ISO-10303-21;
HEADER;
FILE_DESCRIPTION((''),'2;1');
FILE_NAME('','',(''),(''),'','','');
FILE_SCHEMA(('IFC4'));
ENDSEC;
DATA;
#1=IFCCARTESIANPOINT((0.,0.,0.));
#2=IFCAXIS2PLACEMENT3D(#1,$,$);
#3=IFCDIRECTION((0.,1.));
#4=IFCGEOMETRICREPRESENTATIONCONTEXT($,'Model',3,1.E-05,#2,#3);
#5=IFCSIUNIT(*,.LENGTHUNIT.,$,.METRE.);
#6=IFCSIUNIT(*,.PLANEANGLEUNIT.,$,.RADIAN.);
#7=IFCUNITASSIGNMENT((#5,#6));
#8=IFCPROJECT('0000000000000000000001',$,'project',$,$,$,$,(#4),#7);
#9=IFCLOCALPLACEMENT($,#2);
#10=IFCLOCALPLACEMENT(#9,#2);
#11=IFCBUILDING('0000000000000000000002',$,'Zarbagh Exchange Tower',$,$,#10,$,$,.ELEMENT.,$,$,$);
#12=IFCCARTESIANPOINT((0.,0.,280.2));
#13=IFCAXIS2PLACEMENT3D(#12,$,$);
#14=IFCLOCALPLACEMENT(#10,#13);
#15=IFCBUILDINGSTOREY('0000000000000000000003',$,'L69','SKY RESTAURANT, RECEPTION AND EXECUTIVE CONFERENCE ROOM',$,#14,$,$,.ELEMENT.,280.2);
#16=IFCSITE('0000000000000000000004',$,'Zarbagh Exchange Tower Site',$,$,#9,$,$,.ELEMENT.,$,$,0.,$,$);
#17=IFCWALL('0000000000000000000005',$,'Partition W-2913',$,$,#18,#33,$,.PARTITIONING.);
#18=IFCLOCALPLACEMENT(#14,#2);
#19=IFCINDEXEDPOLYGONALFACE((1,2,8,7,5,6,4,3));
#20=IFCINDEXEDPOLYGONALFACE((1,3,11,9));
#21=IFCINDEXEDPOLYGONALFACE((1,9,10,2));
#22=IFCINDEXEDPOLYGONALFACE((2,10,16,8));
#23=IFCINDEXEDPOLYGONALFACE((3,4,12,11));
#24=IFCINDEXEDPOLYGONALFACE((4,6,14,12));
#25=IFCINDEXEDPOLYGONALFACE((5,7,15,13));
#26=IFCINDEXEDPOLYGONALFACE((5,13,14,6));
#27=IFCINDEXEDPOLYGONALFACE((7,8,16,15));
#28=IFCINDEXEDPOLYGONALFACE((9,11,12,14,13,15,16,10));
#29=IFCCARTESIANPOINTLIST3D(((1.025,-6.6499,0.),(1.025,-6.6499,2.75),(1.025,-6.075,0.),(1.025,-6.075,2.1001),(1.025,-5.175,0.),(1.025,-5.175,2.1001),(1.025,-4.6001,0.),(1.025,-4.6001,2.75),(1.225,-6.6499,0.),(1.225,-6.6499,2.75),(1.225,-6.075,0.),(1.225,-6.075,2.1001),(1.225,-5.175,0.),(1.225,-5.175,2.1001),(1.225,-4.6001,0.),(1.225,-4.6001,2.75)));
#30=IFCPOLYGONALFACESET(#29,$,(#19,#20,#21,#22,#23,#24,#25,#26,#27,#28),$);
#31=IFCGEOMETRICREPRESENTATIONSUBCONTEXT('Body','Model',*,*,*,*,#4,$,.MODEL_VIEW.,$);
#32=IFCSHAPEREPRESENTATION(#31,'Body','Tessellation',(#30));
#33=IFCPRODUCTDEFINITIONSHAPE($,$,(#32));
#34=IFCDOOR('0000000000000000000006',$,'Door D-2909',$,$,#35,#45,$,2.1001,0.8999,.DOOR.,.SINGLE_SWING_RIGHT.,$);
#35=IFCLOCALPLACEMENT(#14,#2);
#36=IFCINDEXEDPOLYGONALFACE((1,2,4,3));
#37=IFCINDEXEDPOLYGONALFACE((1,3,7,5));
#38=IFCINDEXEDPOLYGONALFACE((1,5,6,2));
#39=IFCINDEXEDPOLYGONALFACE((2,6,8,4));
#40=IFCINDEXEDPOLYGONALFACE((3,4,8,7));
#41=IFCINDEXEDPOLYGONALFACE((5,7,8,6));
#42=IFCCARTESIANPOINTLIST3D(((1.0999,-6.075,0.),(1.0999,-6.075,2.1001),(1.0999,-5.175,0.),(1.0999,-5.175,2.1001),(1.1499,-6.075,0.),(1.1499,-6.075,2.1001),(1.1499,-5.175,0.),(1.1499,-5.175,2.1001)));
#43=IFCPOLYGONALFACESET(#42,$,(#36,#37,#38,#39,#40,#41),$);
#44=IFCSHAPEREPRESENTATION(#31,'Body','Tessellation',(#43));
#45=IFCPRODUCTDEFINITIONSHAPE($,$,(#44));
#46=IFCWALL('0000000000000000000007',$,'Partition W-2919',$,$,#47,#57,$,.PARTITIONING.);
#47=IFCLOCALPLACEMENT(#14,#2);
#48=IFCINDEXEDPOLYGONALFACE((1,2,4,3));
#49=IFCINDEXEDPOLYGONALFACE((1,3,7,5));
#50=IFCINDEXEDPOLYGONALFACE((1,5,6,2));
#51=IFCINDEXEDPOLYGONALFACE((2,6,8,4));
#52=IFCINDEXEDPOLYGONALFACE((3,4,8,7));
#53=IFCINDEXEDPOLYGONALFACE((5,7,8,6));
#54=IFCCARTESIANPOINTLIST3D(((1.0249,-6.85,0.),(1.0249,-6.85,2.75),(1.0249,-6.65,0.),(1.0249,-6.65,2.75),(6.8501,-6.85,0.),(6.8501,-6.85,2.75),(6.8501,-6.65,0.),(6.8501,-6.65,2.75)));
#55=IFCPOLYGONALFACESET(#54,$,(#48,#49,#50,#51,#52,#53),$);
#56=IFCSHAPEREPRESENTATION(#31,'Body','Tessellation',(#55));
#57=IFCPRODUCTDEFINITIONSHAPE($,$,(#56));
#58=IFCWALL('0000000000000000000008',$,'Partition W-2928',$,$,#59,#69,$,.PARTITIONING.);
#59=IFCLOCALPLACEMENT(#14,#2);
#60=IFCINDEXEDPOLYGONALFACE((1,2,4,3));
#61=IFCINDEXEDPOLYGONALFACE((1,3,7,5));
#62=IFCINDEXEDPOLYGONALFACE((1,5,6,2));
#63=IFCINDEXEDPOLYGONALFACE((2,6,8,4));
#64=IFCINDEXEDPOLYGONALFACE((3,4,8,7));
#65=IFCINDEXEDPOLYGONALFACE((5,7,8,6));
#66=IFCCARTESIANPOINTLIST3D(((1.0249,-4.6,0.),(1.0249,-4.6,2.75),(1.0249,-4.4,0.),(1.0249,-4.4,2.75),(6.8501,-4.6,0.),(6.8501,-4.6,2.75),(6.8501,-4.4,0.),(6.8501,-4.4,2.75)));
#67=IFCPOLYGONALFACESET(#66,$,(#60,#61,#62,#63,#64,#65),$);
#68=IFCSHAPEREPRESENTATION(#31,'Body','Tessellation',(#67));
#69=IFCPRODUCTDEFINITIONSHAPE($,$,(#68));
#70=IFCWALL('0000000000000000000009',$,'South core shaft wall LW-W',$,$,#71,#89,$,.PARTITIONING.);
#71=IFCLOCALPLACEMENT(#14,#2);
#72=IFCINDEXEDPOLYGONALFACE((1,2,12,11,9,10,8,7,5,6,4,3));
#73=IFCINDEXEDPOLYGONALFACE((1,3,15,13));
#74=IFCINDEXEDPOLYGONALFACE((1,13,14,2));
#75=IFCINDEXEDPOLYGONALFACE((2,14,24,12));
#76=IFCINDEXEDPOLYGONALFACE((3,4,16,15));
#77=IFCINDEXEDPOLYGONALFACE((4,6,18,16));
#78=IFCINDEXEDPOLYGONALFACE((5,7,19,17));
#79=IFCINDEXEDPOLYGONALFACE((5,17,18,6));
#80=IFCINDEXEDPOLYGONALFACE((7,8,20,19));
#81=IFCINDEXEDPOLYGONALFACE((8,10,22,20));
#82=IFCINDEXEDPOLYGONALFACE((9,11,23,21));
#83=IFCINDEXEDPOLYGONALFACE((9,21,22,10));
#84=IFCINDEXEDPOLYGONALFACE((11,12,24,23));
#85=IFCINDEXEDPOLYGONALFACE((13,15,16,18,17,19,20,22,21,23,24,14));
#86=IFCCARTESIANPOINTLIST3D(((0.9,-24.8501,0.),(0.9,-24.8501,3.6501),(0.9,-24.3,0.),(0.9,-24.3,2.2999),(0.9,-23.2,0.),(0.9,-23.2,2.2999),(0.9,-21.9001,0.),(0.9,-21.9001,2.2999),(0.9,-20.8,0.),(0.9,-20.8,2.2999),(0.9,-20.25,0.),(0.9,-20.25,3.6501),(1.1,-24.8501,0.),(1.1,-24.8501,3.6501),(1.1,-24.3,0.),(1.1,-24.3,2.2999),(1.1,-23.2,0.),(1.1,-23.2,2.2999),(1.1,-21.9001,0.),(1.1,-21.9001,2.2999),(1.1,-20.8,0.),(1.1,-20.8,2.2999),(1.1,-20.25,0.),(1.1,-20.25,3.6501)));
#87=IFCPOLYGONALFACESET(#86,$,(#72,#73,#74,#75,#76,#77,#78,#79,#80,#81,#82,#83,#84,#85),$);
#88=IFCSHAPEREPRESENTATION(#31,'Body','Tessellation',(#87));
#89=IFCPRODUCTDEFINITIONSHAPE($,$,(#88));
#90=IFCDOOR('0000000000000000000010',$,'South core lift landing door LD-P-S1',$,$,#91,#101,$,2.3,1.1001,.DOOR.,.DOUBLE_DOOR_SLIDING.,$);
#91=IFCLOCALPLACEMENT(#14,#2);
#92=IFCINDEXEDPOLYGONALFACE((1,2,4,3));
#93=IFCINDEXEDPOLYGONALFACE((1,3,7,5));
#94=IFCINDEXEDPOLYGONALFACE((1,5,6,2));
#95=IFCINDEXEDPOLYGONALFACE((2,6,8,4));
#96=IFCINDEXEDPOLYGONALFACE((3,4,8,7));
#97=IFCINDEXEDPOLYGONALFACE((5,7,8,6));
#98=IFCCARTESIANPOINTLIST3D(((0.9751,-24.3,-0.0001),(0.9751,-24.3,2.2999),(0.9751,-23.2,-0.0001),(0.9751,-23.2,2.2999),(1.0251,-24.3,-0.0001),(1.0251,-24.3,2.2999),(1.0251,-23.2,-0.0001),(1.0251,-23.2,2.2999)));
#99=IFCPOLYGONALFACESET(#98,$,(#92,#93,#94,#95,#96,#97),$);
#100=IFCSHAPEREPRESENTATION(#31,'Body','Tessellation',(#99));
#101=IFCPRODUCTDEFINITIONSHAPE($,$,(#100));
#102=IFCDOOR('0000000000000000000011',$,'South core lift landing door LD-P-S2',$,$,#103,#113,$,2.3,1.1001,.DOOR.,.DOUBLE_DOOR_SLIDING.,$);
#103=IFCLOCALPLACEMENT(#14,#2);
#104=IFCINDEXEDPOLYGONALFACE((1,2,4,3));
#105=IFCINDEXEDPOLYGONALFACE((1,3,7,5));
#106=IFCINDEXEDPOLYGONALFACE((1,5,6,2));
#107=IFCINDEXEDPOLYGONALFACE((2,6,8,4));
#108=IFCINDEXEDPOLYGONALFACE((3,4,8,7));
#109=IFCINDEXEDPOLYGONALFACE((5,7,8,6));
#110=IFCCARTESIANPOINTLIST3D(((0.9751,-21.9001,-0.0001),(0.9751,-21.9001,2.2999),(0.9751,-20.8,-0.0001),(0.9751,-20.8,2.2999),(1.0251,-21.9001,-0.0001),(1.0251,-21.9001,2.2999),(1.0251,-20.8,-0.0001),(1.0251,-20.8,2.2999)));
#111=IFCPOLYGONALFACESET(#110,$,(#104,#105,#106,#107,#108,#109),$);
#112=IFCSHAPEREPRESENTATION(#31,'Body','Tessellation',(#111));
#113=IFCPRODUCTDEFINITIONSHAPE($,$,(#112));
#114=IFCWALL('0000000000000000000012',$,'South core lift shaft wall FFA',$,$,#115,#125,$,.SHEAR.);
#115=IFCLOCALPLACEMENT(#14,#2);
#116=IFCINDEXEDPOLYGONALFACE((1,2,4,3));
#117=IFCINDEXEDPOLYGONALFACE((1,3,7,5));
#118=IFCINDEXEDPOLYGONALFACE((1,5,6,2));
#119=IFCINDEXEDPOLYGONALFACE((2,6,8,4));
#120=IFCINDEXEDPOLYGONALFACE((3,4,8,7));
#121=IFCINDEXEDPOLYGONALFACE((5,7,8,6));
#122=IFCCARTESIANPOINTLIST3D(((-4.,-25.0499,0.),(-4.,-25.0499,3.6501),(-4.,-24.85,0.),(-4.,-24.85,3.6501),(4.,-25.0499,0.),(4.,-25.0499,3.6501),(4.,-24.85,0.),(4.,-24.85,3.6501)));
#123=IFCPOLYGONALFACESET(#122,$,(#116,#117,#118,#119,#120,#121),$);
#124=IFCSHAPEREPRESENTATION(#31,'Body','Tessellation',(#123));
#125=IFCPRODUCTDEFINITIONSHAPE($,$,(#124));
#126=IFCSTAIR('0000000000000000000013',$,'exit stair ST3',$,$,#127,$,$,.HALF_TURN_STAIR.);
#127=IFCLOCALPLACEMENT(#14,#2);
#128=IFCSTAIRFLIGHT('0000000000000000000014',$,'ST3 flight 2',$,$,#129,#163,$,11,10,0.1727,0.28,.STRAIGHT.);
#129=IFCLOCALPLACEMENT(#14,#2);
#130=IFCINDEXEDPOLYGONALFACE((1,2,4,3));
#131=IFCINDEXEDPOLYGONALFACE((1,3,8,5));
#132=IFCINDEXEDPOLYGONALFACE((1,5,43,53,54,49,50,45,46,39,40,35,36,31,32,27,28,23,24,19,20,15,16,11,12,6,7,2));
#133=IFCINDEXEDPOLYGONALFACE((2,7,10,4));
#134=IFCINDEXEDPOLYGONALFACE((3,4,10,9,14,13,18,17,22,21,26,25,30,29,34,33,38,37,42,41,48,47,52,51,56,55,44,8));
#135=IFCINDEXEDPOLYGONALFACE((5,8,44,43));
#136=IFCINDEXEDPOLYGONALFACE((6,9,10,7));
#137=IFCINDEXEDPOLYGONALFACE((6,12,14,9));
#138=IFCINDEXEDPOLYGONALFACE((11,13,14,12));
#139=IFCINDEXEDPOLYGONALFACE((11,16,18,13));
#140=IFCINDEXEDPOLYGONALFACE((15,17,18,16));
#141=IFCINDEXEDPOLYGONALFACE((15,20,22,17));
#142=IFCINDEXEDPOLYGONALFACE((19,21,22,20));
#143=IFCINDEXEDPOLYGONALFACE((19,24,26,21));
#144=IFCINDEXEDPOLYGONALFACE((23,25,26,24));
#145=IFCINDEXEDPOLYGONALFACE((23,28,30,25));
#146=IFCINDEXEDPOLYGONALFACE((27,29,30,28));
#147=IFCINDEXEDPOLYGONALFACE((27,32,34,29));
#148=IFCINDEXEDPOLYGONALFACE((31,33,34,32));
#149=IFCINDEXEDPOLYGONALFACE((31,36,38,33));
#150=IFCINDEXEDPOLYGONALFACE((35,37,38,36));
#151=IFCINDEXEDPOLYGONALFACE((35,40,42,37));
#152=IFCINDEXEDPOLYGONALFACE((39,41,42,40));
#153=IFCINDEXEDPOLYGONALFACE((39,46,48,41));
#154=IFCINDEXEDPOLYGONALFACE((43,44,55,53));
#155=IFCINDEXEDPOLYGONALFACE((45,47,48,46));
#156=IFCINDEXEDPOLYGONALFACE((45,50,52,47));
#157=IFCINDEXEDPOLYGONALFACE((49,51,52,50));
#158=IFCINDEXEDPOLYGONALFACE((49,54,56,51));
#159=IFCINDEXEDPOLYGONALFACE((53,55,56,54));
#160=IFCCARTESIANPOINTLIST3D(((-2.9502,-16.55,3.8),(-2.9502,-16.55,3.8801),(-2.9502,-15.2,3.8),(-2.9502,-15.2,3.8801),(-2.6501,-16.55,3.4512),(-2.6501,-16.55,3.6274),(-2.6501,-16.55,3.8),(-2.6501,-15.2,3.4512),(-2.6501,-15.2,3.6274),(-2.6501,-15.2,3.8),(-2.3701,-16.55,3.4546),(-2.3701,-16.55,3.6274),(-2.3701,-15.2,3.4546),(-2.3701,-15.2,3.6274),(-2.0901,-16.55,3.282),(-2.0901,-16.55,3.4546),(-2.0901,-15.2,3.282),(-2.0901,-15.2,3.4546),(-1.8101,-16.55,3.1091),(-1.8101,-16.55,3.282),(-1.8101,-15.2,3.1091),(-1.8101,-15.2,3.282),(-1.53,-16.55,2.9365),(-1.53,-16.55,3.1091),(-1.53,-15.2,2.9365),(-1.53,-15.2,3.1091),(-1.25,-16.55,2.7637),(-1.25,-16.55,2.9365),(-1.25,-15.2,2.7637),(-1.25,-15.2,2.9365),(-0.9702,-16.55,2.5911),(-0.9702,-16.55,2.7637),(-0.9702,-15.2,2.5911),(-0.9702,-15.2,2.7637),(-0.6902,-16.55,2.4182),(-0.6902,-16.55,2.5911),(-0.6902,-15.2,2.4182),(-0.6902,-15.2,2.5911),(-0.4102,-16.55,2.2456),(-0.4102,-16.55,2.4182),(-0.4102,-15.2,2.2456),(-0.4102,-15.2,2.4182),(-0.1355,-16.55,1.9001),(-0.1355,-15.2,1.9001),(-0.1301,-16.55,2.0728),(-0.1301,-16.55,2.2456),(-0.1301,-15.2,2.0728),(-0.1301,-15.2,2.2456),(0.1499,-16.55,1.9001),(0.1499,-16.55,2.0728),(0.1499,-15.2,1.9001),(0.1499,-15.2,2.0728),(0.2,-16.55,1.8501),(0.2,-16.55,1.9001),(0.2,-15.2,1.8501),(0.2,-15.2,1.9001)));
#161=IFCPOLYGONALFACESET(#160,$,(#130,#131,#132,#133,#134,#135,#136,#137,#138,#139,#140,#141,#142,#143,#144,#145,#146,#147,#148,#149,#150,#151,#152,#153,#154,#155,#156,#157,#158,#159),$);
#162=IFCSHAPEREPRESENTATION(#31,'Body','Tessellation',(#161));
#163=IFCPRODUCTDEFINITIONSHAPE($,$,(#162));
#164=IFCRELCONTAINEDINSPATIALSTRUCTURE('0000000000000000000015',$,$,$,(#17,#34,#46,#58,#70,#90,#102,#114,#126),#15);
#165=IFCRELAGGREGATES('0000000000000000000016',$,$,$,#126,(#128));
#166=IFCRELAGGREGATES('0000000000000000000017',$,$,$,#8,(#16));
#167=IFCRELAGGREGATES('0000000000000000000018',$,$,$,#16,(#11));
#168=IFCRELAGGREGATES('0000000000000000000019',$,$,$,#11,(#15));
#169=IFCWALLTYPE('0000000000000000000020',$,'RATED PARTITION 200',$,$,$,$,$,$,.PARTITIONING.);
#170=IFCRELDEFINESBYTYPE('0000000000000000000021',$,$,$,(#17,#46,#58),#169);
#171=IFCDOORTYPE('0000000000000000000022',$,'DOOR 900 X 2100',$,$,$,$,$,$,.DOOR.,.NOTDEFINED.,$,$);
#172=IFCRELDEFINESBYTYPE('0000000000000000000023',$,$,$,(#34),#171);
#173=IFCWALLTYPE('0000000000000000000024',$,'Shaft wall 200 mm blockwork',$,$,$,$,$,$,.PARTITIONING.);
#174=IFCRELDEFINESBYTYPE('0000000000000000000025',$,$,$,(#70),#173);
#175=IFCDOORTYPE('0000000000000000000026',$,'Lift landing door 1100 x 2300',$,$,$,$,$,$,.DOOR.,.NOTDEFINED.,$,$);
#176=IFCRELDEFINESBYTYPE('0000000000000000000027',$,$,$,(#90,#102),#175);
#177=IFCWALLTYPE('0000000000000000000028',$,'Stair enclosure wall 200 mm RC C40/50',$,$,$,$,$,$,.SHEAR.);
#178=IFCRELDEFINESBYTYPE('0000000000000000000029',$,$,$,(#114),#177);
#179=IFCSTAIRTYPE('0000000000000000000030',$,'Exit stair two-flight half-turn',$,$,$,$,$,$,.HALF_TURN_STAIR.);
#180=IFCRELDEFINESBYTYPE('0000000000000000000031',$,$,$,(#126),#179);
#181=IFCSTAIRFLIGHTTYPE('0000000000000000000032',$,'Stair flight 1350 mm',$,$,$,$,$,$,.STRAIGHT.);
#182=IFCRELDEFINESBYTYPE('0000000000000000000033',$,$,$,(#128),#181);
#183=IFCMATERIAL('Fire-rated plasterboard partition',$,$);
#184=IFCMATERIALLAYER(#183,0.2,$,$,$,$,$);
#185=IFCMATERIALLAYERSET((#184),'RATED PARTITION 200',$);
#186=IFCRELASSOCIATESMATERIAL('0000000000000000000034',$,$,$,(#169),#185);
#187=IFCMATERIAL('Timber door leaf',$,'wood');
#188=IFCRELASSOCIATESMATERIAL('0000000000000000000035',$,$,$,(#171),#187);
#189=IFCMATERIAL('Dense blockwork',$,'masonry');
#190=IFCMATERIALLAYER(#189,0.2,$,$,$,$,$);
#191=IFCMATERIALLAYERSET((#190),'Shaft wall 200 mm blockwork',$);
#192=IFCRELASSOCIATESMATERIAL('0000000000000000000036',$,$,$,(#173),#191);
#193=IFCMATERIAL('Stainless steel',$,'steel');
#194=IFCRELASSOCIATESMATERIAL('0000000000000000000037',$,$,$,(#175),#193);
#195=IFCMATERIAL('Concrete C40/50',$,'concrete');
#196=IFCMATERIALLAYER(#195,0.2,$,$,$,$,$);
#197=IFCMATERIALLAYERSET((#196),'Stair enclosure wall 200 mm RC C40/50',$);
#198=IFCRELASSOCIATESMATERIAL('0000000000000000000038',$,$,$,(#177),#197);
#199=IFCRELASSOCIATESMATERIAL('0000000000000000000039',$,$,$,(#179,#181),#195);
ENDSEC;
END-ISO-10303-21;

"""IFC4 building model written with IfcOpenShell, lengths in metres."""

from ifc_helpers import new_model, si_unit, direction, frame, frame_2d, origin, place, context, subcontext, project, spatial, polyline, rectangle, outline, extrude, material, layer, layer_set, type_object, element, fill, aggregate, save


model = new_model("IFC4")

# Units and contexts
model_context = context("Model", 3, precision=1e-05, world=origin(), true_north=direction((0.0, 1.0)))
body_context = subcontext(model_context, "Body", "Model", "MODEL_VIEW")
ifc_project = project(units=[si_unit("LENGTHUNIT", "METRE"), si_unit("PLANEANGLEUNIT", "RADIAN")], contexts=[model_context])

# Site, building, storey
site_placement = place(None, origin())
site = spatial("IfcSite", under=ifc_project, at=site_placement, Name="Zarbagh Exchange Tower Site", CompositionType="ELEMENT", RefElevation=0.0)
building_placement = place(site_placement, origin())
building = spatial("IfcBuilding", under=site, at=building_placement, Name="Zarbagh Exchange Tower", CompositionType="ELEMENT")
storey_placement = place(building_placement, frame((0.0, 0.0, 280.2)))
storey = spatial("IfcBuildingStorey", under=building, at=storey_placement, Name="L69", Description="SKY RESTAURANT, RECEPTION AND EXECUTIVE CONFERENCE ROOM", CompositionType="ELEMENT", Elevation=280.2)

# Shared definitions
ifc_material_1 = material(Name="Fire-rated plasterboard partition")
ifc_layer_1 = layer(ifc_material_1, 0.2)
ifc_layer_set_1 = layer_set([ifc_layer_1], Name="RATED PARTITION 200")
wall_type_1 = type_object("IfcWallType", Name="RATED PARTITION 200", PredefinedType="PARTITIONING", material=ifc_layer_set_1)

# Wall, opening, door
wall_1_placement = place(storey_placement, frame((1.125, -4.6001, 0.0), z_axis=(0.0, 0.0, 1.0), x_axis=(0.0, -1.0, 0.0)))
wall_1 = element("IfcWall", 1, at=wall_1_placement, inside=storey, type_object=wall_type_1, Name="Partition W-2913", PredefinedType="PARTITIONING", context=body_context, shape_type="SweptSolid", body=[
    extrude(rectangle(XDim=2.0498, YDim=0.2, at=frame_2d((1.0249, 0.0))), origin(), (0.0, 0.0, 1.0), 2.75),
])
opening_1_placement = place(wall_1_placement, frame((0.575, 0.0, 0.0)))
opening_1 = element("IfcOpeningElement", 2, at=opening_1_placement, cuts=wall_1, PredefinedType="OPENING", context=body_context, shape_type="SweptSolid", body=[
    extrude(rectangle(XDim=0.8999, YDim=2.1001, at=frame_2d((0.45, 1.05))), frame((0.0, 0.1099, 0.0), z_axis=(0.0, -1.0, 0.0), x_axis=(1.0, 0.0, 0.0)), (0.0, 0.0, 1.0), 0.22),
])
ifc_material_2 = material(Name="Timber door leaf", Category="wood")
door_type_1 = type_object("IfcDoorType", Name="DOOR 900 X 2100", OperationType="NOTDEFINED", PredefinedType="DOOR", material=ifc_material_2)
door_1_placement = place(opening_1_placement, origin())
door_1 = element("IfcDoor", 3, at=door_1_placement, inside=storey, type_object=door_type_1, Name="Door D-2909", OperationType="SINGLE_SWING_RIGHT", OverallHeight=2.1001, OverallWidth=0.8999, PredefinedType="DOOR", context=body_context, shape_type="SweptSolid", body=[
    extrude(rectangle(XDim=0.8999, YDim=2.1001, at=frame_2d((0.45, 1.05))), frame((0.0, 0.0249, 0.0), z_axis=(0.0, -1.0, 0.0), x_axis=(1.0, 0.0, 0.0)), (0.0, 0.0, 1.0), 0.05),
])
fill(opening_1, door_1)

# Walls
for number, where, z_axis, x_axis, name in (
    (4, (1.0249, -6.75, 0.0), (0.0, 0.0, 1.0), (1.0, 0.0, 0.0), "Partition W-2919"),
    (5, (1.0249, -4.5, 0.0), (0.0, 0.0, 1.0), (1.0, 0.0, 0.0), "Partition W-2928"),
):
    element("IfcWall", number, at=place(storey_placement, frame(where, z_axis=z_axis, x_axis=x_axis)), inside=storey, type_object=wall_type_1, Name=name, PredefinedType="PARTITIONING", context=body_context, shape_type="SweptSolid", body=[
        extrude(rectangle(XDim=5.8252, YDim=0.2, at=frame_2d((2.9126, 0.0))), origin(), (0.0, 0.0, 1.0), 2.75),
    ])

# Wall, openings, doors
ifc_material_3 = material(Name="Dense blockwork", Category="masonry")
ifc_layer_2 = layer(ifc_material_3, 0.2)
ifc_layer_set_2 = layer_set([ifc_layer_2], Name="Shaft wall 200 mm blockwork")
wall_type_2 = type_object("IfcWallType", Name="Shaft wall 200 mm blockwork", PredefinedType="PARTITIONING", material=ifc_layer_set_2)
wall_2_placement = place(storey_placement, frame((1.0, -24.8501, 0.0), z_axis=(0.0, 0.0, 1.0), x_axis=(0.0, 1.0, 0.0)))
wall_2 = element("IfcWall", 6, at=wall_2_placement, inside=storey, type_object=wall_type_2, Name="South core shaft wall LW-W", PredefinedType="PARTITIONING", context=body_context, shape_type="SweptSolid", body=[
    extrude(rectangle(XDim=4.6001, YDim=0.2, at=frame_2d((2.3, 0.0))), origin(), (0.0, 0.0, 1.0), 3.6501),
])
opening_2_placement = place(wall_2_placement, frame((0.55, 0.0, 0.0)))
opening_2 = element("IfcOpeningElement", 7, at=opening_2_placement, cuts=wall_2, PredefinedType="OPENING", context=body_context, shape_type="SweptSolid", body=[
    extrude(rectangle(XDim=1.1001, YDim=2.3, at=frame_2d((0.55, 1.1499))), frame((0.0, 0.1099, 0.0), z_axis=(0.0, -1.0, 0.0), x_axis=(1.0, 0.0, 0.0)), (0.0, 0.0, 1.0), 0.22),
])
opening_3_placement = place(wall_2_placement, frame((2.95, 0.0, 0.0)))
opening_3 = element("IfcOpeningElement", 8, at=opening_3_placement, cuts=wall_2, PredefinedType="OPENING", context=body_context, shape_type="SweptSolid", body=[
    extrude(rectangle(XDim=1.1001, YDim=2.3, at=frame_2d((0.55, 1.1499))), frame((0.0, 0.1099, 0.0), z_axis=(0.0, -1.0, 0.0), x_axis=(1.0, 0.0, 0.0)), (0.0, 0.0, 1.0), 0.22),
])
ifc_material_4 = material(Name="Stainless steel", Category="steel")
door_type_2 = type_object("IfcDoorType", Name="Lift landing door 1100 x 2300", OperationType="NOTDEFINED", PredefinedType="DOOR", material=ifc_material_4)
door_2_placement = place(opening_2_placement, origin())
door_2 = element("IfcDoor", 9, at=door_2_placement, inside=storey, type_object=door_type_2, Name="South core lift landing door LD-P-S1", OperationType="DOUBLE_DOOR_SLIDING", OverallHeight=2.3, OverallWidth=1.1001, PredefinedType="DOOR", context=body_context, shape_type="SweptSolid", body=[
    extrude(rectangle(XDim=1.1001, YDim=2.3, at=frame_2d((0.55, 1.1499))), frame((0.0, 0.0249, 0.0), z_axis=(0.0, -1.0, 0.0), x_axis=(1.0, 0.0, 0.0)), (0.0, 0.0, 1.0), 0.05),
])
fill(opening_2, door_2)
door_3_placement = place(opening_3_placement, origin())
door_3 = element("IfcDoor", 10, at=door_3_placement, inside=storey, type_object=door_type_2, Name="South core lift landing door LD-P-S2", OperationType="DOUBLE_DOOR_SLIDING", OverallHeight=2.3, OverallWidth=1.1001, PredefinedType="DOOR", context=body_context, shape_type="SweptSolid", body=[
    extrude(rectangle(XDim=1.1001, YDim=2.3, at=frame_2d((0.55, 1.1499))), frame((0.0, 0.0249, 0.0), z_axis=(0.0, -1.0, 0.0), x_axis=(1.0, 0.0, 0.0)), (0.0, 0.0, 1.0), 0.05),
])
fill(opening_3, door_3)

# Wall
ifc_material_5 = material(Name="Concrete C40/50", Category="concrete")
ifc_layer_3 = layer(ifc_material_5, 0.2)
ifc_layer_set_3 = layer_set([ifc_layer_3], Name="Stair enclosure wall 200 mm RC C40/50")
wall_type_3 = type_object("IfcWallType", Name="Stair enclosure wall 200 mm RC C40/50", PredefinedType="SHEAR", material=ifc_layer_set_3)
wall_3_placement = place(storey_placement, frame((4.0, -24.95, 0.0), z_axis=(0.0, 0.0, 1.0), x_axis=(-1.0, 0.0, 0.0)))
element("IfcWall", 11, at=wall_3_placement, inside=storey, type_object=wall_type_3, Name="South core lift shaft wall FFA", PredefinedType="SHEAR", context=body_context, shape_type="SweptSolid", body=[
    extrude(rectangle(XDim=8.0, YDim=0.2, at=frame_2d((4.0, 0.0))), origin(), (0.0, 0.0, 1.0), 3.6501),
])

# Stair, stair flight
stair_type = type_object("IfcStairType", Name="Exit stair two-flight half-turn", PredefinedType="HALF_TURN_STAIR", material=ifc_material_5)
stair_1_placement = place(storey_placement, origin())
stair_1 = element("IfcStair", 12, at=stair_1_placement, inside=storey, type_object=stair_type, Name="exit stair ST3", PredefinedType="HALF_TURN_STAIR")
stair_flight_type_1 = type_object("IfcStairFlightType", Name="Stair flight 1350 mm", PredefinedType="STRAIGHT", material=ifc_material_5)
stair_flight_1_placement = place(storey_placement, frame((0.1499, -15.875, 1.9001), z_axis=(0.0, 0.0, 1.0), x_axis=(-1.0, 0.0, 0.0)))
stair_flight_1 = element("IfcStairFlight", 13, at=stair_flight_1_placement, type_object=stair_flight_type_1, Name="ST3 flight 2", NumberOfRisers=11, NumberOfTreads=10, PredefinedType="STRAIGHT", RiserHeight=0.1727, TreadLength=0.28, context=body_context, shape_type="SweptSolid", body=[
    extrude(outline(polyline([(-0.05, -0.05), (-0.05, 0.0), (0.0, 0.0), (0.0, 0.1726), (0.28, 0.1726), (0.28, 0.3455), (0.5601, 0.3455), (0.5601, 0.5181), (0.8401, 0.5181), (0.8401, 0.6909), (1.1201, 0.6909), (1.1201, 0.8635), (1.3999, 0.8635), (1.3999, 1.0364), (1.6799, 1.0364), (1.6799, 1.209), (1.96, 1.209), (1.96, 1.3818), (2.24, 1.3818), (2.24, 1.5544), (2.52, 1.5544), (2.52, 1.7273), (2.8, 1.7273), (2.8, 1.8999), (3.1001, 1.98), (3.1001, 1.8999), (2.8, 1.551), (0.2854, 0.0), (-0.05, -0.05)])), frame((0.0, 0.675, 0.0), z_axis=(0.0, -1.0, 0.0), x_axis=(1.0, 0.0, 0.0)), (0.0, 0.0, 1.0), 1.3501),
])
aggregate(stair_1, [stair_flight_1])

save(model, "model.ifc")
